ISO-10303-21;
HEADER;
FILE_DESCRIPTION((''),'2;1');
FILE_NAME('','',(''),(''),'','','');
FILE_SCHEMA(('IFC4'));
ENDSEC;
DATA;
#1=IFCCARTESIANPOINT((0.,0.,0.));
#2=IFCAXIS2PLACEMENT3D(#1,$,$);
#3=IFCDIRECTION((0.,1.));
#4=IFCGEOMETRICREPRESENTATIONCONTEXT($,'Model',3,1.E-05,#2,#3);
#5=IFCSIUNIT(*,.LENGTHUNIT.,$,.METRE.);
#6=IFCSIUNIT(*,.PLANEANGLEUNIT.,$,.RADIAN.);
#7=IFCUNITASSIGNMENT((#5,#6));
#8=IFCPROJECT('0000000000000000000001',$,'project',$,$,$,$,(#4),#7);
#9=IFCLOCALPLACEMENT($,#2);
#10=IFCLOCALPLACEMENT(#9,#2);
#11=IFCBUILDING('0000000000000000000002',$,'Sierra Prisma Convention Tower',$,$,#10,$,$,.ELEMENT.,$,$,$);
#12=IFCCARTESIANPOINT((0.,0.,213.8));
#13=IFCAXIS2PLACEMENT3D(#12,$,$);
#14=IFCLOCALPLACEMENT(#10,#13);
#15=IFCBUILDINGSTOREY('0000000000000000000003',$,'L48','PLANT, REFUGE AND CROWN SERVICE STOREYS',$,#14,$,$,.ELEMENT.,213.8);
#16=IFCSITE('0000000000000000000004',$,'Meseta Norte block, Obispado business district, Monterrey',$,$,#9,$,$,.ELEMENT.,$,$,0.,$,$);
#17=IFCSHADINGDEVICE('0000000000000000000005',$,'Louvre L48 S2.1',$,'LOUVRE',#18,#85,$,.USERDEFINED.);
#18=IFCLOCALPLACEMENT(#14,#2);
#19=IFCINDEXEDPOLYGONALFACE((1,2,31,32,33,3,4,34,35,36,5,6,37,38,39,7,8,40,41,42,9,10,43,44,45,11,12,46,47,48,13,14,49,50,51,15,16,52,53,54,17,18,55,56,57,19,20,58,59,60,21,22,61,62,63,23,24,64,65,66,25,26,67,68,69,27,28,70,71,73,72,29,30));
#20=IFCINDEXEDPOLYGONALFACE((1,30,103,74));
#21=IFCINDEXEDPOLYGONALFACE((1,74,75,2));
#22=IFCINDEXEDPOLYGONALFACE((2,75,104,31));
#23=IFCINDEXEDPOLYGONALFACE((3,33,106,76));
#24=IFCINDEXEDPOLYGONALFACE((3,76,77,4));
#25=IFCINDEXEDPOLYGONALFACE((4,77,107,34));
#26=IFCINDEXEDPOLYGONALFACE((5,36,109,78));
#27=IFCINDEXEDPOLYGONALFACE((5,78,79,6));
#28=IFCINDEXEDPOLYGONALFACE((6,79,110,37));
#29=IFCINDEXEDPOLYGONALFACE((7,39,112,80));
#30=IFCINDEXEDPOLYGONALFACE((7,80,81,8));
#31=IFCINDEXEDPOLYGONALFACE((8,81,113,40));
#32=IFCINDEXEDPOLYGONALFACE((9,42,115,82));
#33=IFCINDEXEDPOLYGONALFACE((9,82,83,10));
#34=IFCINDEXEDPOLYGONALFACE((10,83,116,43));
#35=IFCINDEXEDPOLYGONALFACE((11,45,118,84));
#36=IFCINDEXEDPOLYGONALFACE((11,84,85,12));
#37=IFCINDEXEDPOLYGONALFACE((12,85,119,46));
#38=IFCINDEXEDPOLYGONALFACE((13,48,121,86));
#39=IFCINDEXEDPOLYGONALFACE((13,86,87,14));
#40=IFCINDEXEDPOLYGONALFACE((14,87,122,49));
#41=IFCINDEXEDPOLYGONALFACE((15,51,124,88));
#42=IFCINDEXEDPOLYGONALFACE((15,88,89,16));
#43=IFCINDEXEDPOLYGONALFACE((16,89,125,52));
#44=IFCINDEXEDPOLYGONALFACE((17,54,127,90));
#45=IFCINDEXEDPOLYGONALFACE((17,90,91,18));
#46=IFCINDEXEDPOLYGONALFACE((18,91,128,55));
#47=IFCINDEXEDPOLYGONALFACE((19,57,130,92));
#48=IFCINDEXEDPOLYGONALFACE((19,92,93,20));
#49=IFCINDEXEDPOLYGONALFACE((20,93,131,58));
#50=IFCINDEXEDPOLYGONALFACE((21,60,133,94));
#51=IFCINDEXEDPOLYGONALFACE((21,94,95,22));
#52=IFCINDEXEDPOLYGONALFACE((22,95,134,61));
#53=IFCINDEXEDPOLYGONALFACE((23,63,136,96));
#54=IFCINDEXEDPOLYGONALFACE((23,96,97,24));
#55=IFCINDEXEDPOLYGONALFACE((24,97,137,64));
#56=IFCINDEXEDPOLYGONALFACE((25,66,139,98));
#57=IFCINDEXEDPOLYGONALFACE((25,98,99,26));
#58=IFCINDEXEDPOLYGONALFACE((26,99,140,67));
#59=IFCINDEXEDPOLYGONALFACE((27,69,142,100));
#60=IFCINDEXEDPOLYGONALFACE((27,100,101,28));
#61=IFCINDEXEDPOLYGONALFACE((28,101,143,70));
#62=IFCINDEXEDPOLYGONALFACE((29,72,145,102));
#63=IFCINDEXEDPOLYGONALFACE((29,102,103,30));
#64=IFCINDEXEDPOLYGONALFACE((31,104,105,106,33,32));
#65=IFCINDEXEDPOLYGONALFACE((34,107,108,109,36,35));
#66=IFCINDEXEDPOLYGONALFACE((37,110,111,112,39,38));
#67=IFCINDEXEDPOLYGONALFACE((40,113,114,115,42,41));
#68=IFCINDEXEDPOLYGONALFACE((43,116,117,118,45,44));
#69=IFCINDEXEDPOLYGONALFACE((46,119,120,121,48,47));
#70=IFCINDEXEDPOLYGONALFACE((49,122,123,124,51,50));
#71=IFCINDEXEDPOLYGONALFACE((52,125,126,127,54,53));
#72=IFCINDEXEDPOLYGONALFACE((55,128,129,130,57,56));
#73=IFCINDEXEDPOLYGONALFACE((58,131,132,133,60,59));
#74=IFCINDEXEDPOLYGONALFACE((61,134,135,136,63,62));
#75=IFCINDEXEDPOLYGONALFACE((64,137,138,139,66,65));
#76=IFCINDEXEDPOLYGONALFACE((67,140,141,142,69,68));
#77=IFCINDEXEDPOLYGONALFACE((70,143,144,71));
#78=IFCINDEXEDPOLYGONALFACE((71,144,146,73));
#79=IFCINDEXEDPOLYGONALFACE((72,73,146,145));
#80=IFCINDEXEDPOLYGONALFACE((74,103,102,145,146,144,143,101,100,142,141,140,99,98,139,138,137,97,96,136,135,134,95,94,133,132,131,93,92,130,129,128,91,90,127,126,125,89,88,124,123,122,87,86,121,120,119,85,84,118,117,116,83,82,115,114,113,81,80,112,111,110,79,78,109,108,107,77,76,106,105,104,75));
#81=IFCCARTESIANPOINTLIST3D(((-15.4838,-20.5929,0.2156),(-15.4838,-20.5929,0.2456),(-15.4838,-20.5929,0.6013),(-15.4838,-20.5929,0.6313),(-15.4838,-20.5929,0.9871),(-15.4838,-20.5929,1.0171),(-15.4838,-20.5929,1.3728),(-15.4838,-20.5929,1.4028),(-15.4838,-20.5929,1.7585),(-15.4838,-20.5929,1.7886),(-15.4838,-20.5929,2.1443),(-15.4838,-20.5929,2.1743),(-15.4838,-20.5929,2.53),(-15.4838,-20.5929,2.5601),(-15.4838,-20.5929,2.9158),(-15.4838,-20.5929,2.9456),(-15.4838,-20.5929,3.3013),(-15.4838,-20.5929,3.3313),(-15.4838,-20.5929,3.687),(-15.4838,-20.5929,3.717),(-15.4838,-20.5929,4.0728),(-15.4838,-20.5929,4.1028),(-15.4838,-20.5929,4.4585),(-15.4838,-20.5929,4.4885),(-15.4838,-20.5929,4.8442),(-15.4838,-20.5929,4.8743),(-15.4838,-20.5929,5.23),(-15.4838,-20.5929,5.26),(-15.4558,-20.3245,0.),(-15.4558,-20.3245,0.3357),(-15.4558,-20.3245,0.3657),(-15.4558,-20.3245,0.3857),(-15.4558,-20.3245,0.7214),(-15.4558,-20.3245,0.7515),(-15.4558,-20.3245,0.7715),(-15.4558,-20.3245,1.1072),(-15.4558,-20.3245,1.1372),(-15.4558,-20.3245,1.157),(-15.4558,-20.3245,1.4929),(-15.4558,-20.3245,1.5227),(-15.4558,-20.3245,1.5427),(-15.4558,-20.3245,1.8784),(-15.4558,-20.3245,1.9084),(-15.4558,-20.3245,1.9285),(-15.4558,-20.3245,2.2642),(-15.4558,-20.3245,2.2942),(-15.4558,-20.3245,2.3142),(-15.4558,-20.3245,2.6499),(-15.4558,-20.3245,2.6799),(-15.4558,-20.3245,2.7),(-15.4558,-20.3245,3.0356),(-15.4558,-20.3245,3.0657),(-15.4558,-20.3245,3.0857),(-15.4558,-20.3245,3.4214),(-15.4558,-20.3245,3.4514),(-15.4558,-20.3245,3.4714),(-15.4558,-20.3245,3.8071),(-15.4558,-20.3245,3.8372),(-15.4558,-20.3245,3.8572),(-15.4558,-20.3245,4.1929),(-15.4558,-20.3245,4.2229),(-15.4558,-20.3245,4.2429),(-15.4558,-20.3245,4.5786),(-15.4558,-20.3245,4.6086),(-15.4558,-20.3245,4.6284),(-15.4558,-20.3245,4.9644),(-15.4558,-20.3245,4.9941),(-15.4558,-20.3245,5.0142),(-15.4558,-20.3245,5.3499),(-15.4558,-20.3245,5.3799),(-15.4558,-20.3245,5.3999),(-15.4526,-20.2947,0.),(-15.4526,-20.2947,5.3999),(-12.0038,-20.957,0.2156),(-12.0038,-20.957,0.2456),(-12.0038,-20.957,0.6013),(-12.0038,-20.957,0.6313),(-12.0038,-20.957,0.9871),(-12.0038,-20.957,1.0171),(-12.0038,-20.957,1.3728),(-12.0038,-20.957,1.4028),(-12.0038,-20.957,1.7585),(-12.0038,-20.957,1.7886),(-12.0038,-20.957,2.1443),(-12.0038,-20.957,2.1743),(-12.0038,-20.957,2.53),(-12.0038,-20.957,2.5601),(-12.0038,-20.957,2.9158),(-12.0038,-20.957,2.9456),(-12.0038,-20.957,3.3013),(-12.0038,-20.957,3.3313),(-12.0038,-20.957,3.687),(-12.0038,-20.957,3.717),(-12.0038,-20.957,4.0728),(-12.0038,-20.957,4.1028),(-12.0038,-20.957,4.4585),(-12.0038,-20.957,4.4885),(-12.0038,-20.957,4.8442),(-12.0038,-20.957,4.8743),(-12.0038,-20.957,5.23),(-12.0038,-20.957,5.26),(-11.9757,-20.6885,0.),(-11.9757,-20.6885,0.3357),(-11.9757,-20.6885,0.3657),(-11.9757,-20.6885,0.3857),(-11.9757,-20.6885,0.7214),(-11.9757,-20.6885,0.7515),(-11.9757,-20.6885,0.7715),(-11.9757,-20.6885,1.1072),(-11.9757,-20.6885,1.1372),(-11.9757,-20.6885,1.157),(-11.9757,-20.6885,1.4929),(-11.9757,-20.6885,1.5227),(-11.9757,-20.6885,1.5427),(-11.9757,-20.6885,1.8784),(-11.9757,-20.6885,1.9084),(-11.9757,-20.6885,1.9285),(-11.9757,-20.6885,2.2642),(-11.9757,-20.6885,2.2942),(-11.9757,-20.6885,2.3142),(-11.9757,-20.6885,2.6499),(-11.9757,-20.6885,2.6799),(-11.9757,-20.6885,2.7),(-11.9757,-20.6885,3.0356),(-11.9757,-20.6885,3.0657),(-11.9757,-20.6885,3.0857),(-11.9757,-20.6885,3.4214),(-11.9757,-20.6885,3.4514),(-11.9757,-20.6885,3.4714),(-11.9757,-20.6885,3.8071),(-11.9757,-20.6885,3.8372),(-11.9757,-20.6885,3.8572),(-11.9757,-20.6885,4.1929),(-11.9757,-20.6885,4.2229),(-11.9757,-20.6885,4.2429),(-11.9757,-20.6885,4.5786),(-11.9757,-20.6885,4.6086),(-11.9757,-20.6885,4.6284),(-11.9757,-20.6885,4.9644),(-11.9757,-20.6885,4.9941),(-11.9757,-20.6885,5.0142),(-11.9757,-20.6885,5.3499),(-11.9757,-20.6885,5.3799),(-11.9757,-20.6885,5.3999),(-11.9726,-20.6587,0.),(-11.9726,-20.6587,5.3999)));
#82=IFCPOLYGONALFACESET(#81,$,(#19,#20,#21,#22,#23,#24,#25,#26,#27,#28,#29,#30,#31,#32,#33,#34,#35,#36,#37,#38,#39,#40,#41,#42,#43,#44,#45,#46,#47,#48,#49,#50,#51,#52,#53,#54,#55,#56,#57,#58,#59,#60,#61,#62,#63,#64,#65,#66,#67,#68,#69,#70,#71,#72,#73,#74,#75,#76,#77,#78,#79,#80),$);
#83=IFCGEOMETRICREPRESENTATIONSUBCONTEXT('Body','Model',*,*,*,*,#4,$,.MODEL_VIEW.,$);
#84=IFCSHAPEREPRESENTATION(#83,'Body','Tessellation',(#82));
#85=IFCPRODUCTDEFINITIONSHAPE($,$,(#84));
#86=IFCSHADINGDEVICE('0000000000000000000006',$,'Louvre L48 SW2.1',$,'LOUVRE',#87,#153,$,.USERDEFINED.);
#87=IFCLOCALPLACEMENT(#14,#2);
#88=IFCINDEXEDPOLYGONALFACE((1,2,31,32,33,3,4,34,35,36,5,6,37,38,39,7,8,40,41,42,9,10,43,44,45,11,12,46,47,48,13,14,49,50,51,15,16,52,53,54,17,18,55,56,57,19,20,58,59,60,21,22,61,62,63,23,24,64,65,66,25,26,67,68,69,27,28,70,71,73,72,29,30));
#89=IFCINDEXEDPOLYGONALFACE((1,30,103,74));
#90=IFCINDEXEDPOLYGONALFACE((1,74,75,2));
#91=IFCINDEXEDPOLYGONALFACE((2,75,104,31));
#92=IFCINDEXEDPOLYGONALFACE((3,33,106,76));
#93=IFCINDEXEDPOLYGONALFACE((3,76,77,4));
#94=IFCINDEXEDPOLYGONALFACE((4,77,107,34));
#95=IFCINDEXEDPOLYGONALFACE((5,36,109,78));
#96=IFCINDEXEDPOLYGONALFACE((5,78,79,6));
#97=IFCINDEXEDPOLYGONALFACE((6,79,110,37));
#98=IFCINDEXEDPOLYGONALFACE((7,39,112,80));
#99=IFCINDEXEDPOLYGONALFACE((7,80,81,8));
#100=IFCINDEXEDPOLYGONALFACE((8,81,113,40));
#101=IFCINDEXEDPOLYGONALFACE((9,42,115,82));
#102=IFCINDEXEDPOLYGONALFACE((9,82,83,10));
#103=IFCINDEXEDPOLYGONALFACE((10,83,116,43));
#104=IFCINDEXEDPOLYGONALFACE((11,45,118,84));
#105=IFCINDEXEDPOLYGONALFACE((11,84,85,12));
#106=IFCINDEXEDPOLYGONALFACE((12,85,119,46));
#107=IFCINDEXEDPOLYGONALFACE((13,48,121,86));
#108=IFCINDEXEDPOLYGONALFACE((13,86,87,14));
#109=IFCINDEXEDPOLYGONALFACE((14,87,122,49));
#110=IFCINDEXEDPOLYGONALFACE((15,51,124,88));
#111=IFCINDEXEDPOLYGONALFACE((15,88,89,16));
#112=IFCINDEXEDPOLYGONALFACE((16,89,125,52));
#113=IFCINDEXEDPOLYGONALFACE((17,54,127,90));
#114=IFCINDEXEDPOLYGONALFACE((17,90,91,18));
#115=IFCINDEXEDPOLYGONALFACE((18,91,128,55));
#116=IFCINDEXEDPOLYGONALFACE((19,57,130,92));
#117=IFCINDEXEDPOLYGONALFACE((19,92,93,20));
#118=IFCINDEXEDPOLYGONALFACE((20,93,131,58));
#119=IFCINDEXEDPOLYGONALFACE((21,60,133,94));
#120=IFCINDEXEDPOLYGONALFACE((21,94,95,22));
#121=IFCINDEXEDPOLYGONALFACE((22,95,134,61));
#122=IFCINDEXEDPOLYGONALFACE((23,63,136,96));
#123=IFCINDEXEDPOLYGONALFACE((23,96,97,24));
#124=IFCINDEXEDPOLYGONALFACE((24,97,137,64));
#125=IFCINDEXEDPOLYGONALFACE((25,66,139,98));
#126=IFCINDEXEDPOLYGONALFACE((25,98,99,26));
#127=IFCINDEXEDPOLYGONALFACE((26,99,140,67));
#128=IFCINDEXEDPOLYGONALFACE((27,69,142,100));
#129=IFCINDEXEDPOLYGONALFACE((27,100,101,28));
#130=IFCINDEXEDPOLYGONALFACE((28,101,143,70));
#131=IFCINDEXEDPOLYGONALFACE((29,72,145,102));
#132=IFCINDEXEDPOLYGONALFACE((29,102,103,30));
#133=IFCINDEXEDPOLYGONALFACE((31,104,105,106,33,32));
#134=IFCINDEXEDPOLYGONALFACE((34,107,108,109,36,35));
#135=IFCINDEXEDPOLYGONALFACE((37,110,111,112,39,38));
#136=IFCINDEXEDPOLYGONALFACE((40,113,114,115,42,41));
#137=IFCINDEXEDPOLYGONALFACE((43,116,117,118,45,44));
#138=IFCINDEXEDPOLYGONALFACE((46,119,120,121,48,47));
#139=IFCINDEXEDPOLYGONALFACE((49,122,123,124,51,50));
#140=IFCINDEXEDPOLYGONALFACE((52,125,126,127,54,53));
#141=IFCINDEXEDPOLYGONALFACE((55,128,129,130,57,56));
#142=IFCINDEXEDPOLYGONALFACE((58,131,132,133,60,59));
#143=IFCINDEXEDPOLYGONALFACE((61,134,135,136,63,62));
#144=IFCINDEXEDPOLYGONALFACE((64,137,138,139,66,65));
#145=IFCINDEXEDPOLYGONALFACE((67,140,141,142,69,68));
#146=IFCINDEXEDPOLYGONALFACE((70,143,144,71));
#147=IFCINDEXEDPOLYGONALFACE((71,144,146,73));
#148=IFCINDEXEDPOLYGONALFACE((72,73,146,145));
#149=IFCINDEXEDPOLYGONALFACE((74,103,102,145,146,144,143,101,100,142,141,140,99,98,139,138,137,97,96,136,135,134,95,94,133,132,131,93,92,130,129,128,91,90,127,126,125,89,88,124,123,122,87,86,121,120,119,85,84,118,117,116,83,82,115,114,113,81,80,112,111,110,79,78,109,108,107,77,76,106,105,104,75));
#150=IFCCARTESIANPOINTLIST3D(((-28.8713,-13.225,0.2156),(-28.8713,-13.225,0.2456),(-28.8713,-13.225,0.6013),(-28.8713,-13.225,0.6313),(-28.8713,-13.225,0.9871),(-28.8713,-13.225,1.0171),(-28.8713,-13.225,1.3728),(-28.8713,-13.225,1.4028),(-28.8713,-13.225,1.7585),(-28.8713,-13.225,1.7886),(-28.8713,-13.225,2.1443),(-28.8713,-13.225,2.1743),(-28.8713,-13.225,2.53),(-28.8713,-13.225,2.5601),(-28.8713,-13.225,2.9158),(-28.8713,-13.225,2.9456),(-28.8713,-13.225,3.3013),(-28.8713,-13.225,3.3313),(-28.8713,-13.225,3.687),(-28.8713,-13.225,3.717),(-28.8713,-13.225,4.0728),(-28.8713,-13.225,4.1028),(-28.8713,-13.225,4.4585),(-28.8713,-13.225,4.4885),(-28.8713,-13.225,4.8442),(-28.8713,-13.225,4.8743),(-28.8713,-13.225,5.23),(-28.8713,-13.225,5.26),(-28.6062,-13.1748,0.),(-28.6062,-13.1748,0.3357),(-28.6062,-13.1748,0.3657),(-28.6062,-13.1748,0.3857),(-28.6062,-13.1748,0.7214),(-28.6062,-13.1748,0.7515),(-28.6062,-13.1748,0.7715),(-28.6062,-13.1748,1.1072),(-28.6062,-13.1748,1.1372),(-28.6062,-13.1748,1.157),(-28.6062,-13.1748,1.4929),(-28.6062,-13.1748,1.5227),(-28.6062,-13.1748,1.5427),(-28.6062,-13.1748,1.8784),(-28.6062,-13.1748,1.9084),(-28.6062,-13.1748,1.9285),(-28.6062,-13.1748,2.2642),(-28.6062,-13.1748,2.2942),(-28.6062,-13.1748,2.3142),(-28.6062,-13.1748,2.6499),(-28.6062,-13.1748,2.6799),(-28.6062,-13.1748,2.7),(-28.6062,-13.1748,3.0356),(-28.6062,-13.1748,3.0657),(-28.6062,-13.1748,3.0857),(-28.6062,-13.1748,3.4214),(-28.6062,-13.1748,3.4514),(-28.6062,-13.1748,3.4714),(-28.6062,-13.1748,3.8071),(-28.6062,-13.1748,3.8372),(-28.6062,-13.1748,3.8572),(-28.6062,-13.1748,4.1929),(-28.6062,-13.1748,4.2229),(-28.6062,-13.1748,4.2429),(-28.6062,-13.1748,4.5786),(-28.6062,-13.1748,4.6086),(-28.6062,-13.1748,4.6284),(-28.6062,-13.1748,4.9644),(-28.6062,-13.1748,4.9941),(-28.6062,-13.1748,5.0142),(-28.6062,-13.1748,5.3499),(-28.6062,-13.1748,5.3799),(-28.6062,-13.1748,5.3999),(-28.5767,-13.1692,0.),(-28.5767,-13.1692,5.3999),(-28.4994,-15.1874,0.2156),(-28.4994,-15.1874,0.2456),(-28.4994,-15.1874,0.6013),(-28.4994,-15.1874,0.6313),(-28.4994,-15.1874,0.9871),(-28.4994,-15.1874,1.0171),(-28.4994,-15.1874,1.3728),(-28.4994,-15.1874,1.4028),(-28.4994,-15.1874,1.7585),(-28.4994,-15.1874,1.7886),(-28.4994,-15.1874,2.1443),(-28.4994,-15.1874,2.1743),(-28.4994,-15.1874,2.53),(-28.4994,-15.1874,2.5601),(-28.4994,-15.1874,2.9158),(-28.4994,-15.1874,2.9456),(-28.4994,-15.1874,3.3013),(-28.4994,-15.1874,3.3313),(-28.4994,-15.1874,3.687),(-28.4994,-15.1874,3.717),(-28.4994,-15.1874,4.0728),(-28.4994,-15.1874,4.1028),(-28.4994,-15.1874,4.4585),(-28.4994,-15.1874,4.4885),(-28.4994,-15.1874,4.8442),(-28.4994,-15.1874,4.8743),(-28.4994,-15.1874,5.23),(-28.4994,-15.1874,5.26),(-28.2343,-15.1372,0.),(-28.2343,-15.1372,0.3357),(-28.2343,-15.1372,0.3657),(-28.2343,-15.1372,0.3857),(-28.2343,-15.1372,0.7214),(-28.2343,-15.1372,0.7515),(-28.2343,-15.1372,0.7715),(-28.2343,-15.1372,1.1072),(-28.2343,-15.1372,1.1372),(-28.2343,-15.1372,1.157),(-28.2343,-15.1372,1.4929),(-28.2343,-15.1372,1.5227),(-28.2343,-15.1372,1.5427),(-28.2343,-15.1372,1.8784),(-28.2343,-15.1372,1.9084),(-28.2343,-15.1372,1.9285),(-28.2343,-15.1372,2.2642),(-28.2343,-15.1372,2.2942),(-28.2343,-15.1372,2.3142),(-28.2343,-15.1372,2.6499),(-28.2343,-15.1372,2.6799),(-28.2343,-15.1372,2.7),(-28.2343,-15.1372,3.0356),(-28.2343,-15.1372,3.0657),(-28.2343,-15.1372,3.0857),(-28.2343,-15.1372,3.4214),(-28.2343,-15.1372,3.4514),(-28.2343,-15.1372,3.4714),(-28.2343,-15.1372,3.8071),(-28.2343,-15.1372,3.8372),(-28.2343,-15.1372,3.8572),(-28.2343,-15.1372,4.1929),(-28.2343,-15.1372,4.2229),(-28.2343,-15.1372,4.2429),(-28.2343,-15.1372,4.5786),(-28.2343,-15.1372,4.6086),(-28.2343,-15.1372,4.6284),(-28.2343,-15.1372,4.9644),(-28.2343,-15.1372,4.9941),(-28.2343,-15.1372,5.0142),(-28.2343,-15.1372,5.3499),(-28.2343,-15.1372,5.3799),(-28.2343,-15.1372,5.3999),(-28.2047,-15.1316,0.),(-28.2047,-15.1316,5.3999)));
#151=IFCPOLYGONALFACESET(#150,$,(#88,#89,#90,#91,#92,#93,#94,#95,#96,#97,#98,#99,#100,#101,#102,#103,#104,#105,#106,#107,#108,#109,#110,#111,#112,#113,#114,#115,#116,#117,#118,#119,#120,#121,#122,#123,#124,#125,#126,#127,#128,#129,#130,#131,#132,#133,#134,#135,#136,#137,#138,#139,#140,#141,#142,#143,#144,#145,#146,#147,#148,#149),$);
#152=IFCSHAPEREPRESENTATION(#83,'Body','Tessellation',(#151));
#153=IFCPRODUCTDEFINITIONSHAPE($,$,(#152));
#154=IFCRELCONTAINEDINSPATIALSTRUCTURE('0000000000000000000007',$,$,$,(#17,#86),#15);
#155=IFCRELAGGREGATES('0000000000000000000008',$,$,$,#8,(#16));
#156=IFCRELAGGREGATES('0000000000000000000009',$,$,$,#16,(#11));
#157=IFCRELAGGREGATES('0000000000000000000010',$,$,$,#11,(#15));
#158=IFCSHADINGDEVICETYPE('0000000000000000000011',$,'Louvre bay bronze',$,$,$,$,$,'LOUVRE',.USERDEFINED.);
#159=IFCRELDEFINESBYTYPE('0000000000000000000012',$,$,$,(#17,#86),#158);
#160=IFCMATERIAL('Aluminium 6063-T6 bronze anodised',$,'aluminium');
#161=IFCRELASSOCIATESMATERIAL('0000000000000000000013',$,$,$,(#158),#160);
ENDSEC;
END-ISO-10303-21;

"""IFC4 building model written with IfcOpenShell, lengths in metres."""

from ifc_helpers import new_model, si_unit, direction, frame, origin, place, context, subcontext, project, spatial, polyline, outline, extrude, material, type_object, element, save


model = new_model("IFC4")

# Units and contexts
model_context = context("Model", 3, precision=1e-05, world=origin(), true_north=direction((0.0, 1.0)))
body_context = subcontext(model_context, "Body", "Model", "MODEL_VIEW")
ifc_project = project(units=[si_unit("LENGTHUNIT", "METRE"), si_unit("PLANEANGLEUNIT", "RADIAN")], contexts=[model_context])

# Site, building, storey
site_placement = place(None, origin())
site = spatial("IfcSite", under=ifc_project, at=site_placement, Name="Meseta Norte block, Obispado business district, Monterrey", CompositionType="ELEMENT", RefElevation=0.0)
building_placement = place(site_placement, origin())
building = spatial("IfcBuilding", under=site, at=building_placement, Name="Sierra Prisma Convention Tower", CompositionType="ELEMENT")
storey_placement = place(building_placement, frame((0.0, 0.0, 213.8)))
storey = spatial("IfcBuildingStorey", under=building, at=storey_placement, Name="L48", Description="PLANT, REFUGE AND CROWN SERVICE STOREYS", CompositionType="ELEMENT", Elevation=213.8)

# Shading devices
ifc_material_1 = material(Name="Aluminium 6063-T6 bronze anodised", Category="aluminium")
shading_device_type = type_object("IfcShadingDeviceType", Name="Louvre bay bronze", ElementType="LOUVRE", PredefinedType="USERDEFINED", material=ifc_material_1)
shading_device_1_placement = place(storey_placement, frame((-15.4526, -20.2947, 0.0), z_axis=(-0.994574, 0.104036, 0.0), x_axis=(0.0, 0.0, 1.0)))
element("IfcShadingDevice", 1, at=shading_device_1_placement, inside=storey, type_object=shading_device_type, Name="Louvre L48 S2.1", ObjectType="LOUVRE", PredefinedType="USERDEFINED", context=body_context, shape_type="SweptSolid", body=[
    extrude(outline(polyline([(0.0, 0.0), (5.3999, 0.0), (5.3999, -0.03), (5.3799, -0.03), (5.26, -0.2999), (5.23, -0.2999), (5.3499, -0.03), (5.0142, -0.03), (4.9941, -0.03), (4.8743, -0.2999), (4.8442, -0.2999), (4.9644, -0.03), (4.6284, -0.03), (4.6086, -0.03), (4.4885, -0.2999), (4.4585, -0.2999), (4.5786, -0.03), (4.2429, -0.03), (4.2229, -0.03), (4.1028, -0.2999), (4.0728, -0.2999), (4.1929, -0.03), (3.8572, -0.03), (3.8372, -0.03), (3.717, -0.2999), (3.687, -0.2999), (3.8071, -0.03), (3.4714, -0.03), (3.4514, -0.03), (3.3313, -0.2999), (3.3013, -0.2999), (3.4214, -0.03), (3.0857, -0.03), (3.0657, -0.03), (2.9456, -0.2999), (2.9158, -0.2999), (3.0356, -0.03), (2.7, -0.03), (2.6799, -0.03), (2.5601, -0.2999), (2.53, -0.2999), (2.6499, -0.03), (2.3142, -0.03), (2.2942, -0.03), (2.1743, -0.2999), (2.1443, -0.2999), (2.2642, -0.03), (1.9285, -0.03), (1.9084, -0.03), (1.7886, -0.2999), (1.7585, -0.2999), (1.8784, -0.03), (1.5427, -0.03), (1.5227, -0.03), (1.4028, -0.2999), (1.3728, -0.2999), (1.4929, -0.03), (1.157, -0.03), (1.1372, -0.03), (1.0171, -0.2999), (0.9871, -0.2999), (1.1072, -0.03), (0.7715, -0.03), (0.7515, -0.03), (0.6313, -0.2999), (0.6013, -0.2999), (0.7214, -0.03), (0.3857, -0.03), (0.3657, -0.03), (0.2456, -0.2999), (0.2156, -0.2999), (0.3357, -0.03), (0.0, -0.03), (0.0, 0.0)])), origin(), (0.0, 0.0, -1.0), 3.499),
])
shading_device_2_placement = place(storey_placement, frame((-28.5767, -13.1692, 0.0), z_axis=(-0.186226, 0.982507, 0.0), x_axis=(0.0, 0.0, 1.0)))
element("IfcShadingDevice", 2, at=shading_device_2_placement, inside=storey, type_object=shading_device_type, Name="Louvre L48 SW2.1", ObjectType="LOUVRE", PredefinedType="USERDEFINED", context=body_context, shape_type="SweptSolid", body=[
    extrude(outline(polyline([(0.0, 0.0), (5.3999, 0.0), (5.3999, -0.0301), (5.3799, -0.0301), (5.26, -0.2999), (5.23, -0.2999), (5.3499, -0.0301), (5.0142, -0.0301), (4.9941, -0.0301), (4.8743, -0.2999), (4.8442, -0.2999), (4.9644, -0.0301), (4.6284, -0.0301), (4.6086, -0.0301), (4.4885, -0.2999), (4.4585, -0.2999), (4.5786, -0.0301), (4.2429, -0.0301), (4.2229, -0.0301), (4.1028, -0.2999), (4.0728, -0.2999), (4.1929, -0.0301), (3.8572, -0.0301), (3.8372, -0.0301), (3.717, -0.2999), (3.687, -0.2999), (3.8071, -0.0301), (3.4714, -0.0301), (3.4514, -0.0301), (3.3313, -0.2999), (3.3013, -0.2999), (3.4214, -0.0301), (3.0857, -0.0301), (3.0657, -0.0301), (2.9456, -0.2999), (2.9158, -0.2999), (3.0356, -0.0301), (2.7, -0.0301), (2.6799, -0.0301), (2.5601, -0.2999), (2.53, -0.2999), (2.6499, -0.0301), (2.3142, -0.0301), (2.2942, -0.0301), (2.1743, -0.2999), (2.1443, -0.2999), (2.2642, -0.0301), (1.9285, -0.0301), (1.9084, -0.0301), (1.7886, -0.2999), (1.7585, -0.2999), (1.8784, -0.0301), (1.5427, -0.0301), (1.5227, -0.0301), (1.4028, -0.2999), (1.3728, -0.2999), (1.4929, -0.0301), (1.157, -0.0301), (1.1372, -0.0301), (1.0171, -0.2999), (0.9871, -0.2999), (1.1072, -0.0301), (0.7715, -0.0301), (0.7515, -0.0301), (0.6313, -0.2999), (0.6013, -0.2999), (0.7214, -0.0301), (0.3857, -0.0301), (0.3657, -0.0301), (0.2456, -0.2999), (0.2156, -0.2999), (0.3357, -0.0301), (0.0, -0.0301), (0.0, 0.0)])), origin(), (0.0, 0.0, -1.0), 1.9973),
])

save(model, "model.ifc")
